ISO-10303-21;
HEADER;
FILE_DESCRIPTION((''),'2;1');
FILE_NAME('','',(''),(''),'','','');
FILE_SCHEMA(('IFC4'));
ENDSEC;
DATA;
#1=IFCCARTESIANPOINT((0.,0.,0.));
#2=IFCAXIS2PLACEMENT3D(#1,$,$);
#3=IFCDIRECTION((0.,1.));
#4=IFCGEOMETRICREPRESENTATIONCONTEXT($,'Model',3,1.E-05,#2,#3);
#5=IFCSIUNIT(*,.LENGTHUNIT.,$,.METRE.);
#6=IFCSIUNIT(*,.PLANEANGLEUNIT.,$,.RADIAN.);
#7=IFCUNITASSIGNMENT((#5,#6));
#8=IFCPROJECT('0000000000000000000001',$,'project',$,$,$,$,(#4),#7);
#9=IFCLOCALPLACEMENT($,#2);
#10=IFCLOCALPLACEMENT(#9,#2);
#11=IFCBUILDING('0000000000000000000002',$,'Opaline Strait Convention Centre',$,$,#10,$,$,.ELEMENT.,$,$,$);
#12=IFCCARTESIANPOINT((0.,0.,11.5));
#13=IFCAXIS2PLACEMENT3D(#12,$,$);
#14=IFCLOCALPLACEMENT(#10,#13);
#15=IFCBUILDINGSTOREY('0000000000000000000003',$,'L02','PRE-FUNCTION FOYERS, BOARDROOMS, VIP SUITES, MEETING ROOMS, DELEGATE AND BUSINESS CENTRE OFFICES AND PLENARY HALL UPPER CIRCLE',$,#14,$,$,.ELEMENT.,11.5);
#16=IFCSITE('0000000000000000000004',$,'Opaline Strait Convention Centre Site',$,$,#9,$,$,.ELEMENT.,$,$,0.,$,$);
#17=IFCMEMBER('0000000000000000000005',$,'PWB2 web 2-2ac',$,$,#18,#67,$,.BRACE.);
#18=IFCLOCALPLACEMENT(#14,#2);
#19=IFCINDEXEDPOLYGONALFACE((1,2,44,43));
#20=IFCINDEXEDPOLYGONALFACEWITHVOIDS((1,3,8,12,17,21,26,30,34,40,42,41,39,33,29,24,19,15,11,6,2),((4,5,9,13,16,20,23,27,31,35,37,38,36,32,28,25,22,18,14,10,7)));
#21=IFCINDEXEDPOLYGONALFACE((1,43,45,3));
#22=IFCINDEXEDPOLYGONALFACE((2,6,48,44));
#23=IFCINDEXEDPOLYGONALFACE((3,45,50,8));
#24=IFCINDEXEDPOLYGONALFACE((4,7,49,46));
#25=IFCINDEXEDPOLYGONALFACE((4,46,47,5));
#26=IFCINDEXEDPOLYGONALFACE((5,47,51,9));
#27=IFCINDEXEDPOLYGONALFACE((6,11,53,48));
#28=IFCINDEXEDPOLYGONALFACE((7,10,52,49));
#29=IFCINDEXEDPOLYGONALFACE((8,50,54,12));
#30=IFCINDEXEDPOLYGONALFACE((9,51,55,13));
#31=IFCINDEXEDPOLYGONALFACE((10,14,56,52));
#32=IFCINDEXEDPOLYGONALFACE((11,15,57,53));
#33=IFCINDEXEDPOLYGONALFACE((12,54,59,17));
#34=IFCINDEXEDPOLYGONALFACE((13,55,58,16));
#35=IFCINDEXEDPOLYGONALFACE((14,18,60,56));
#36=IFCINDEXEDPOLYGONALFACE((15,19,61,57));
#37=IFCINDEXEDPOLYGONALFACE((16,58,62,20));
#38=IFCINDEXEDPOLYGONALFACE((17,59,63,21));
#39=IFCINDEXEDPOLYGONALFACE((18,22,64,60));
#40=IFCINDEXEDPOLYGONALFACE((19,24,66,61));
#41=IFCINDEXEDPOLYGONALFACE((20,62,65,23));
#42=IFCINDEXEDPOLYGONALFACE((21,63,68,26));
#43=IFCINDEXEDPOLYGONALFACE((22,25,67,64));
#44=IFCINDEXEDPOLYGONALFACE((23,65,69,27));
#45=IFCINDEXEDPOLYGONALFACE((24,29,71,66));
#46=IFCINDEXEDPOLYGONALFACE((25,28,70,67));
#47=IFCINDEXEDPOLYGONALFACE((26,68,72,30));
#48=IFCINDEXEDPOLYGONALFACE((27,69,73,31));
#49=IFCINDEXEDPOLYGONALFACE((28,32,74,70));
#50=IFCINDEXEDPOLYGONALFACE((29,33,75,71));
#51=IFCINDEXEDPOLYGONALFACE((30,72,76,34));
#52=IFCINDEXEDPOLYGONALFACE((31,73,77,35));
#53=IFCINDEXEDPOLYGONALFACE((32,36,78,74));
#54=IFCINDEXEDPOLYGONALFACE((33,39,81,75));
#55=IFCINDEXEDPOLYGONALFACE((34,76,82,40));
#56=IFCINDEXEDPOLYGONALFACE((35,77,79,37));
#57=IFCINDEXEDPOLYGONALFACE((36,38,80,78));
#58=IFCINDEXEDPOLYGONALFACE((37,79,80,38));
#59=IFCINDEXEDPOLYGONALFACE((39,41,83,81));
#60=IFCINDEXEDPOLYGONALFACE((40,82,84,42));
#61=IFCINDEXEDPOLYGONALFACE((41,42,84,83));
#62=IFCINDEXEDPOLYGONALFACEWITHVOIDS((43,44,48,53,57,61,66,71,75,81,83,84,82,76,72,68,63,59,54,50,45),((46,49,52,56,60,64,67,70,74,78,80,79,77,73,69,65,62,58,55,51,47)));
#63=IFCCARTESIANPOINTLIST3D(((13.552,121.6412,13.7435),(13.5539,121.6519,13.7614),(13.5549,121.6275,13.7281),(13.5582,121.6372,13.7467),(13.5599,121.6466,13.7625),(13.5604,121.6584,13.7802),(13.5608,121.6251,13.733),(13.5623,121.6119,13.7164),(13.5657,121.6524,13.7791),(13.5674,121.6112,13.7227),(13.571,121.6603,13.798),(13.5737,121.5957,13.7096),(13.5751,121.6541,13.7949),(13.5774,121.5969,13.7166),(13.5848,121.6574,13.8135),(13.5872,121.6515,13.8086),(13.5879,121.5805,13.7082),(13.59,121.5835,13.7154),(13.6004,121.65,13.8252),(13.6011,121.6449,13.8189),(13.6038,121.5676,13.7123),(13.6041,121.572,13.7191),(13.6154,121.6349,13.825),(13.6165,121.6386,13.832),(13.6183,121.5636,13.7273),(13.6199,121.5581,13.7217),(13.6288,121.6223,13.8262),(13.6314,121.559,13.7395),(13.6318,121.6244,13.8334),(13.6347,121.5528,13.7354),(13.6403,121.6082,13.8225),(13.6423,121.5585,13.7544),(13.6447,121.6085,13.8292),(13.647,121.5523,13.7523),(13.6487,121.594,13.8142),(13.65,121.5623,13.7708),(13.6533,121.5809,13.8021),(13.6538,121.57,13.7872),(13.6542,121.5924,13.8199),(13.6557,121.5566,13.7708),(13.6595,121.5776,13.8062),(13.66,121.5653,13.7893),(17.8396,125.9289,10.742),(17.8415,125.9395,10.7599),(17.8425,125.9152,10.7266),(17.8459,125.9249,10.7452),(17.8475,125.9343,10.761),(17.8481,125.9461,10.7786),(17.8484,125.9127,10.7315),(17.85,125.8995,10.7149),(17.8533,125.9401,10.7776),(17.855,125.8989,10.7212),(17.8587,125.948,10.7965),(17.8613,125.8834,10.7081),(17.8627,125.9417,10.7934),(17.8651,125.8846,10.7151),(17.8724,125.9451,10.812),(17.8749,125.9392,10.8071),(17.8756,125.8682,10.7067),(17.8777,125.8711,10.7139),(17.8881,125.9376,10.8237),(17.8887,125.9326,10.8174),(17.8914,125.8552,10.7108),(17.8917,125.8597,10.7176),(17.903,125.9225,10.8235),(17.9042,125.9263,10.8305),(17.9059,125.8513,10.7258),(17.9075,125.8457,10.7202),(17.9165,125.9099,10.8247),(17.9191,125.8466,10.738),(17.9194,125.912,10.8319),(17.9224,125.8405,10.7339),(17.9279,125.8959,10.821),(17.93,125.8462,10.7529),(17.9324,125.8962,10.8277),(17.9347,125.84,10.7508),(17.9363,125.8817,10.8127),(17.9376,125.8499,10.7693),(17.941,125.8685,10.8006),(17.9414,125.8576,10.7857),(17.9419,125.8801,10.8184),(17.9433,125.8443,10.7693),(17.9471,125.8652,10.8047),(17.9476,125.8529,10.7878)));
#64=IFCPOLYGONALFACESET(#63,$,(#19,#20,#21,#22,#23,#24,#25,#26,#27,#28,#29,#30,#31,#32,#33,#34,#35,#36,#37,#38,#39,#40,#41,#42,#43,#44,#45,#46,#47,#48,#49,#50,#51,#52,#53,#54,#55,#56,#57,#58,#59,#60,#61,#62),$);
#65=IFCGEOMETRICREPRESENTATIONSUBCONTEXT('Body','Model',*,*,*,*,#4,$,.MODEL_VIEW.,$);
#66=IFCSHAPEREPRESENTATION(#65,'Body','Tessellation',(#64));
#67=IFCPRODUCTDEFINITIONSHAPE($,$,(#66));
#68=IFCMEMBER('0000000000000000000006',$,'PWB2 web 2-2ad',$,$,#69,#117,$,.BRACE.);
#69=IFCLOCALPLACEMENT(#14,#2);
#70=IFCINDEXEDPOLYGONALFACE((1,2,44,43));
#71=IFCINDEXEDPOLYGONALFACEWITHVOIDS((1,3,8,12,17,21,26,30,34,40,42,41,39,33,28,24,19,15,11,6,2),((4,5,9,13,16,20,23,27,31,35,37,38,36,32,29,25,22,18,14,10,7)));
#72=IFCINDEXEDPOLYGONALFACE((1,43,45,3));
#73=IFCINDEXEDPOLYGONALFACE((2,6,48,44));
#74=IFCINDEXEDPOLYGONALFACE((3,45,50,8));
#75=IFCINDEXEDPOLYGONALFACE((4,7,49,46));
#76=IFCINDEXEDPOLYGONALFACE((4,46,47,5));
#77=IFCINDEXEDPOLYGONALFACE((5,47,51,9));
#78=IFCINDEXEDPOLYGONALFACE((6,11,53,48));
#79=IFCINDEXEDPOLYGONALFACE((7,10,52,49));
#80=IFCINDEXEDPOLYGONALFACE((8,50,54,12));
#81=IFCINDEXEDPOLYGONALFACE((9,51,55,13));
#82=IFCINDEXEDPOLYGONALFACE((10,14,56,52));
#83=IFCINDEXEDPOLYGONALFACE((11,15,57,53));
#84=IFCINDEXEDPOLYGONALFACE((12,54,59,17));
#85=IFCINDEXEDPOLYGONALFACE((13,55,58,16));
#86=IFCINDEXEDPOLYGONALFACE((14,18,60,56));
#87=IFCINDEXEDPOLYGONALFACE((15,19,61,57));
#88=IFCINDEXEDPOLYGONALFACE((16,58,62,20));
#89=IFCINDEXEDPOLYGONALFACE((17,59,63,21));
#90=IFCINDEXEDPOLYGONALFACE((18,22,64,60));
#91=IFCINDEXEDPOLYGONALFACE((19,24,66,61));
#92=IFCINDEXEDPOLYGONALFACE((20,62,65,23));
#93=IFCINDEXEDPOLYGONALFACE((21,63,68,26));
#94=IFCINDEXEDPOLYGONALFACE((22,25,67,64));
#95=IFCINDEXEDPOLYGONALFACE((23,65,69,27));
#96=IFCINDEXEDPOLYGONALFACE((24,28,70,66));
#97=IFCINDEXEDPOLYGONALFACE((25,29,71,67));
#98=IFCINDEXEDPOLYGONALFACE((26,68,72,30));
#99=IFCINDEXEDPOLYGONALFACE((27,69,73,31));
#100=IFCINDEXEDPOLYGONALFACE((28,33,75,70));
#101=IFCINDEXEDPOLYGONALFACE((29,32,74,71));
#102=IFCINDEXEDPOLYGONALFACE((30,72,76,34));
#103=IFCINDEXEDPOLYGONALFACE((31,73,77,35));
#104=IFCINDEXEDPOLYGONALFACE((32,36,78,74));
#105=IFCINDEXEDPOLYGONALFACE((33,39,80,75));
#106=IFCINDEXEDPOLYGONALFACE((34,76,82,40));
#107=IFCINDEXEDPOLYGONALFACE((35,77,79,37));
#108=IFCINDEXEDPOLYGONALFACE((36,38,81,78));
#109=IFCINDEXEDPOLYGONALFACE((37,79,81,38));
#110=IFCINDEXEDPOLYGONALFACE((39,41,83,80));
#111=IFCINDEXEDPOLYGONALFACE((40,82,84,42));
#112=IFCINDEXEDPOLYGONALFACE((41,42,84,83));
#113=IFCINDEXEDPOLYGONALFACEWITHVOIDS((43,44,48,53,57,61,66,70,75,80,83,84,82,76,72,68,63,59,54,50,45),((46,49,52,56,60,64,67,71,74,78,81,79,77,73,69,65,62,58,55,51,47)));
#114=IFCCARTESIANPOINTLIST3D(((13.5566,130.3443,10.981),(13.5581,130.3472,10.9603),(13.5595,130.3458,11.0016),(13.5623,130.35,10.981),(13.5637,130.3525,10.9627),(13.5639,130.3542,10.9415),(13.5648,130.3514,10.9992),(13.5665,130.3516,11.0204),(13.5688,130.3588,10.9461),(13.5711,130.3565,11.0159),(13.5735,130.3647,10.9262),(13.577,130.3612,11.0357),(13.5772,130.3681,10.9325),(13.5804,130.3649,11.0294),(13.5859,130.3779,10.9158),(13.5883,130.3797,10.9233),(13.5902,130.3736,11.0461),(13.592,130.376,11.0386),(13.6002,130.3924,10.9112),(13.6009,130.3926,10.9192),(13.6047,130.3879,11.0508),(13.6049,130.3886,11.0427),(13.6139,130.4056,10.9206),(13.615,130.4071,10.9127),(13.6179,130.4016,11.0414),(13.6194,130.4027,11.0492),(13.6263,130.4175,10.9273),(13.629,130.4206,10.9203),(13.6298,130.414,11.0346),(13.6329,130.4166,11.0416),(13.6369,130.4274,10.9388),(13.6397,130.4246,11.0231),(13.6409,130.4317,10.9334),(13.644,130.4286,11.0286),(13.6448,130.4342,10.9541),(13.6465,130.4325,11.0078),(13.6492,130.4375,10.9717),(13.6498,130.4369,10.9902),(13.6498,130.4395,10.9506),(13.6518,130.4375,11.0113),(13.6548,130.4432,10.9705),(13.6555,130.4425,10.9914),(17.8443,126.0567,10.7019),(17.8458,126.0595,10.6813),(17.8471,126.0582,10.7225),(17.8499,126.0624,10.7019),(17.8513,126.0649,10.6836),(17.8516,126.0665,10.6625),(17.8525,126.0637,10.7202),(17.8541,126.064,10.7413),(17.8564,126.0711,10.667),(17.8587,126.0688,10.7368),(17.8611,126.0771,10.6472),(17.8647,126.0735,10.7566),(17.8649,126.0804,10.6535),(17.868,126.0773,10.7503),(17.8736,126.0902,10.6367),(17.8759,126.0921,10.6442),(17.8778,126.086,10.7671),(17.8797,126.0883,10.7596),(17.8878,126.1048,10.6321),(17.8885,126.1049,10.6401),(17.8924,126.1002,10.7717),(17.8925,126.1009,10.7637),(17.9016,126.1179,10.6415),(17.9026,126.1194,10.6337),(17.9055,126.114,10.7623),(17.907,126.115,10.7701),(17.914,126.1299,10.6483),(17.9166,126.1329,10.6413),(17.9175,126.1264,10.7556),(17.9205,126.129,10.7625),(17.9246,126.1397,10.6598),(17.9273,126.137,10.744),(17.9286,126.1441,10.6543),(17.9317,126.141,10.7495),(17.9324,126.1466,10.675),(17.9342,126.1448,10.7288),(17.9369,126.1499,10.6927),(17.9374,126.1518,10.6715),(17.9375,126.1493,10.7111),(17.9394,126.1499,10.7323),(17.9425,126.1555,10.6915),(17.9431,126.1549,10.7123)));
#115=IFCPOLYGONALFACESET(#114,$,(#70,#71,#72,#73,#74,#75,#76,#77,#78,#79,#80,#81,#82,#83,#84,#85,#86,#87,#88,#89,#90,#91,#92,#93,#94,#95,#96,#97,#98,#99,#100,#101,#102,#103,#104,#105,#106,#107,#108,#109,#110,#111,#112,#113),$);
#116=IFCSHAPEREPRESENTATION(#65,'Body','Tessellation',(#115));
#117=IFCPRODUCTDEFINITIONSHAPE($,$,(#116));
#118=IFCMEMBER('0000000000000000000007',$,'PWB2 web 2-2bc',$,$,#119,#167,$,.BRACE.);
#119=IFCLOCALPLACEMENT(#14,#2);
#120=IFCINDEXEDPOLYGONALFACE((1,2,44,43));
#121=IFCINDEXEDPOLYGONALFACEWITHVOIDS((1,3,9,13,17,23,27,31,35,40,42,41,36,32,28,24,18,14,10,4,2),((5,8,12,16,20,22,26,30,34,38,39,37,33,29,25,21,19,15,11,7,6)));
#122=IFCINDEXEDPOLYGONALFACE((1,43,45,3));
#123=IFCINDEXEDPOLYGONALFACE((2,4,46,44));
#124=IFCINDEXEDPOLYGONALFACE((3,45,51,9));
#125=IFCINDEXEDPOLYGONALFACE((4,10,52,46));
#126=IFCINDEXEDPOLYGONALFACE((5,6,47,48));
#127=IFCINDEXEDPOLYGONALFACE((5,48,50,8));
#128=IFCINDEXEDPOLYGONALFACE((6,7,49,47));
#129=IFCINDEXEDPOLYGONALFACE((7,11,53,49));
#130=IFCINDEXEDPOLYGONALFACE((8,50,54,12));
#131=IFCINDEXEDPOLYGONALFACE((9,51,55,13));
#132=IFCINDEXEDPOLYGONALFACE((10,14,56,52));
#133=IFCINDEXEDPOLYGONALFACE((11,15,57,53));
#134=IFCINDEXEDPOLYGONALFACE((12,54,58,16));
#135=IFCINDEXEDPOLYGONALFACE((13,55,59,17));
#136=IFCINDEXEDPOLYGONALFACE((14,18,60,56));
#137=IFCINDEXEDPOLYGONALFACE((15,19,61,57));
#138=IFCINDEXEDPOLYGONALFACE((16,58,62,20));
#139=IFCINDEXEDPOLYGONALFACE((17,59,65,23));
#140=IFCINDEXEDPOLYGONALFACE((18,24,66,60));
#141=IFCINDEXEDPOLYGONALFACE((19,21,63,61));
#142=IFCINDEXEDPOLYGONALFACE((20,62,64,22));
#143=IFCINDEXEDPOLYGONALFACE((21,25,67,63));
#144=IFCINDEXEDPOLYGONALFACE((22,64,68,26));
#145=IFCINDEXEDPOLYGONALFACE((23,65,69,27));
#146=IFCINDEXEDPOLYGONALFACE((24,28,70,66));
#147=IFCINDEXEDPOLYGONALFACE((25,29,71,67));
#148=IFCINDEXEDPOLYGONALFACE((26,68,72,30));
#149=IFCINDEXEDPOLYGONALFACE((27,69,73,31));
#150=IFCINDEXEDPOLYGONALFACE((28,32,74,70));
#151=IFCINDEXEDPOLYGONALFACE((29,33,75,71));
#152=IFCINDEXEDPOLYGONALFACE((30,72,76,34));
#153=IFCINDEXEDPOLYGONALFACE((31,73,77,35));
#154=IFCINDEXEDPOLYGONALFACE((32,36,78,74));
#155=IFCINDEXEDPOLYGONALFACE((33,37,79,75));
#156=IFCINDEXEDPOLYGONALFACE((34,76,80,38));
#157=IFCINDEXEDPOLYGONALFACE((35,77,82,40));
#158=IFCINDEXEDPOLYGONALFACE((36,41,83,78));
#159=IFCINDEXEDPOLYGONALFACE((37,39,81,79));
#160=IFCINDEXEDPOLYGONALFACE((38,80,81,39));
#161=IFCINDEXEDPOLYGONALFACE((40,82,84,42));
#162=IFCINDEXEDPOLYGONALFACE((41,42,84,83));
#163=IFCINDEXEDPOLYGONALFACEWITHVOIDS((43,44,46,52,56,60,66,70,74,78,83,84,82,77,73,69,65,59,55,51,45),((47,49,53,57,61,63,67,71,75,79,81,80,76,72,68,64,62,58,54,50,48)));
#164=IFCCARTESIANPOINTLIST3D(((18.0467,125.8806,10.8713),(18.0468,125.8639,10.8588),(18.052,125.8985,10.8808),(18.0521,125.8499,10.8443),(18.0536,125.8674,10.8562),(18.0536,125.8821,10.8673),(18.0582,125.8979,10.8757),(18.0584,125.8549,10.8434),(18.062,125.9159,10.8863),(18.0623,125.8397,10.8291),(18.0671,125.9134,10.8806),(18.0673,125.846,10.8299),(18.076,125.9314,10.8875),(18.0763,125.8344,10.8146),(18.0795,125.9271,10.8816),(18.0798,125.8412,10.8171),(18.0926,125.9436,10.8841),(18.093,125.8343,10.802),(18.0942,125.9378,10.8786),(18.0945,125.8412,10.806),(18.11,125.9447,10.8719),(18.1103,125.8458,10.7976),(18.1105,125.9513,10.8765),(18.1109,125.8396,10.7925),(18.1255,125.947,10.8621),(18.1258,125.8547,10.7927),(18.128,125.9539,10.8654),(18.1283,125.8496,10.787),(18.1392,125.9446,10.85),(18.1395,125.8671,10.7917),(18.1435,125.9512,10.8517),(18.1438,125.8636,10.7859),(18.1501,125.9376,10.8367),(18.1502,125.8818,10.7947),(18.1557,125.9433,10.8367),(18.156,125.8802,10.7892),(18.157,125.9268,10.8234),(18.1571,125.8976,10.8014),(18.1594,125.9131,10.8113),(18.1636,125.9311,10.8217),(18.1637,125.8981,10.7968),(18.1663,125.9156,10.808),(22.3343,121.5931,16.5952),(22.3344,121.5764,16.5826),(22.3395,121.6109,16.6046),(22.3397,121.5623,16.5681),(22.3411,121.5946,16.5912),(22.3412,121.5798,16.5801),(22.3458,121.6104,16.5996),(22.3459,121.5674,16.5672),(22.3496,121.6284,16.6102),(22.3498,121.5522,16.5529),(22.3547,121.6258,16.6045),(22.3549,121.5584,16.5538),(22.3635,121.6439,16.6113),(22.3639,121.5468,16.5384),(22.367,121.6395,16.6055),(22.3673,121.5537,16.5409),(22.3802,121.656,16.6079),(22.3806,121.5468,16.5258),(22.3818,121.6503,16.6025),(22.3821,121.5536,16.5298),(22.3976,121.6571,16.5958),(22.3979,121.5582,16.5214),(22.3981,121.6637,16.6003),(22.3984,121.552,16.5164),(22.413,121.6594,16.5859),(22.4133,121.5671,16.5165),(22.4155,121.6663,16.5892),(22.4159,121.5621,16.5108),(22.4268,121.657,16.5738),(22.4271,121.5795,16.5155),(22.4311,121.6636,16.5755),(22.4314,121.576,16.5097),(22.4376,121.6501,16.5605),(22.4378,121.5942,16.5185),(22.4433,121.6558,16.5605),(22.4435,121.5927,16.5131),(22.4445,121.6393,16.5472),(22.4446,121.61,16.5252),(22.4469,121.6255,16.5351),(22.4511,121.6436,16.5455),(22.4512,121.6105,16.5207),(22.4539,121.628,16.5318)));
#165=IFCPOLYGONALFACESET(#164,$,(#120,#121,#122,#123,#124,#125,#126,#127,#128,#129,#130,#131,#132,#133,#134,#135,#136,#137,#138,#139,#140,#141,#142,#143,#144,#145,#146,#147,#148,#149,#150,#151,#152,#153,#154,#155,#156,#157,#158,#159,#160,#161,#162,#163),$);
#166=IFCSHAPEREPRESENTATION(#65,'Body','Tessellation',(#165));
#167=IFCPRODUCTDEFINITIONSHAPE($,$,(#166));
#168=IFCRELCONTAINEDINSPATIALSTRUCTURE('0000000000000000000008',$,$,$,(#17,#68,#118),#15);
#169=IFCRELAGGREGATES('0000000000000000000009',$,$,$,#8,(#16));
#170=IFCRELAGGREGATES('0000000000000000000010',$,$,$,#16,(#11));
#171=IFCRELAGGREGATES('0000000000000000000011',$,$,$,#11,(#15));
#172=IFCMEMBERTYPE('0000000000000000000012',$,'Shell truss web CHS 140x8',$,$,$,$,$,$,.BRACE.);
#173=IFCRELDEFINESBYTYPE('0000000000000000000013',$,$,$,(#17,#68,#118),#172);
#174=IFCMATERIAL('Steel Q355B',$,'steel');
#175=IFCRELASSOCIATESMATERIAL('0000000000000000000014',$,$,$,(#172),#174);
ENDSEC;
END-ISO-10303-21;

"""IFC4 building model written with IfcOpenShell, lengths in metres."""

from ifc_helpers import new_model, si_unit, direction, frame, origin, origin_2d, place, context, subcontext, project, spatial, hollow_circle, extrude, material, material_profile, profile_set, type_object, element, save


model = new_model("IFC4")

# Units and contexts
model_context = context("Model", 3, precision=1e-05, world=origin(), true_north=direction((0.0, 1.0)))
body_context = subcontext(model_context, "Body", "Model", "MODEL_VIEW")
ifc_project = project(units=[si_unit("LENGTHUNIT", "METRE"), si_unit("PLANEANGLEUNIT", "RADIAN")], contexts=[model_context])

# Site, building, storey
site_placement = place(None, origin())
site = spatial("IfcSite", under=ifc_project, at=site_placement, Name="Opaline Strait Convention Centre Site", CompositionType="ELEMENT", RefElevation=0.0)
building_placement = place(site_placement, origin())
building = spatial("IfcBuilding", under=site, at=building_placement, Name="Opaline Strait Convention Centre", CompositionType="ELEMENT")
storey_placement = place(building_placement, frame((0.0, 0.0, 11.5)))
storey = spatial("IfcBuildingStorey", under=building, at=storey_placement, Name="L02", Description="PRE-FUNCTION FOYERS, BOARDROOMS, VIP SUITES, MEETING ROOMS, DELEGATE AND BUSINESS CENTRE OFFICES AND PLENARY HALL UPPER CIRCLE", CompositionType="ELEMENT", Elevation=11.5)

# Members
ifc_material_1 = material(Name="Steel Q355B", Category="steel")
ifc_material_profile_1 = material_profile(ifc_material_1, hollow_circle(Radius=0.0701, WallThickness=0.0081, at=origin_2d()), Name="CHS 140x8")
ifc_profile_set_1 = profile_set([ifc_material_profile_1], Name="Steel Q355B")
member_type_1 = type_object("IfcMemberType", Name="Shell truss web CHS 140x8", PredefinedType="BRACE", material=ifc_profile_set_1)
member_1_placement = place(storey_placement, frame((17.8938, 125.8938, 10.7693), z_axis=(-0.633718, -0.633718, 0.443624), x_axis=(0.707107, -0.707107, 0.0)))
element("IfcMember", 1, at=member_1_placement, inside=storey, type_object=member_type_1, Name="PWB2 web 2-2ac", PredefinedType="BRACE", context=body_context, shape_type="SweptSolid", body=[
    extrude(hollow_circle(Radius=0.0701, WallThickness=0.0081, at=origin_2d()), origin(), (0.0, 0.0, 1.0), 6.7659),
])
member_2_placement = place(storey_placement, frame((17.8938, 126.1062, 10.7019), z_axis=(-0.706359, 0.706359, 0.045972), x_axis=(-0.707107, -0.707107, 0.0)))
element("IfcMember", 2, at=member_2_placement, inside=storey, type_object=member_type_1, Name="PWB2 web 2-2ad", PredefinedType="BRACE", context=body_context, shape_type="SweptSolid", body=[
    extrude(hollow_circle(Radius=0.0701, WallThickness=0.0081, at=origin_2d()), origin(), (0.0, 0.0, 1.0), 6.0701),
])
member_3_placement = place(storey_placement, frame((18.1062, 125.8938, 10.8367), z_axis=(0.514196, -0.514196, 0.686444), x_axis=(0.707107, 0.707107, 0.0)))
element("IfcMember", 3, at=member_3_placement, inside=storey, type_object=member_type_1, Name="PWB2 web 2-2bc", PredefinedType="BRACE", context=body_context, shape_type="SweptSolid", body=[
    extrude(hollow_circle(Radius=0.0701, WallThickness=0.0081, at=origin_2d()), origin(), (0.0, 0.0, 1.0), 8.3384),
])

save(model, "model.ifc")
